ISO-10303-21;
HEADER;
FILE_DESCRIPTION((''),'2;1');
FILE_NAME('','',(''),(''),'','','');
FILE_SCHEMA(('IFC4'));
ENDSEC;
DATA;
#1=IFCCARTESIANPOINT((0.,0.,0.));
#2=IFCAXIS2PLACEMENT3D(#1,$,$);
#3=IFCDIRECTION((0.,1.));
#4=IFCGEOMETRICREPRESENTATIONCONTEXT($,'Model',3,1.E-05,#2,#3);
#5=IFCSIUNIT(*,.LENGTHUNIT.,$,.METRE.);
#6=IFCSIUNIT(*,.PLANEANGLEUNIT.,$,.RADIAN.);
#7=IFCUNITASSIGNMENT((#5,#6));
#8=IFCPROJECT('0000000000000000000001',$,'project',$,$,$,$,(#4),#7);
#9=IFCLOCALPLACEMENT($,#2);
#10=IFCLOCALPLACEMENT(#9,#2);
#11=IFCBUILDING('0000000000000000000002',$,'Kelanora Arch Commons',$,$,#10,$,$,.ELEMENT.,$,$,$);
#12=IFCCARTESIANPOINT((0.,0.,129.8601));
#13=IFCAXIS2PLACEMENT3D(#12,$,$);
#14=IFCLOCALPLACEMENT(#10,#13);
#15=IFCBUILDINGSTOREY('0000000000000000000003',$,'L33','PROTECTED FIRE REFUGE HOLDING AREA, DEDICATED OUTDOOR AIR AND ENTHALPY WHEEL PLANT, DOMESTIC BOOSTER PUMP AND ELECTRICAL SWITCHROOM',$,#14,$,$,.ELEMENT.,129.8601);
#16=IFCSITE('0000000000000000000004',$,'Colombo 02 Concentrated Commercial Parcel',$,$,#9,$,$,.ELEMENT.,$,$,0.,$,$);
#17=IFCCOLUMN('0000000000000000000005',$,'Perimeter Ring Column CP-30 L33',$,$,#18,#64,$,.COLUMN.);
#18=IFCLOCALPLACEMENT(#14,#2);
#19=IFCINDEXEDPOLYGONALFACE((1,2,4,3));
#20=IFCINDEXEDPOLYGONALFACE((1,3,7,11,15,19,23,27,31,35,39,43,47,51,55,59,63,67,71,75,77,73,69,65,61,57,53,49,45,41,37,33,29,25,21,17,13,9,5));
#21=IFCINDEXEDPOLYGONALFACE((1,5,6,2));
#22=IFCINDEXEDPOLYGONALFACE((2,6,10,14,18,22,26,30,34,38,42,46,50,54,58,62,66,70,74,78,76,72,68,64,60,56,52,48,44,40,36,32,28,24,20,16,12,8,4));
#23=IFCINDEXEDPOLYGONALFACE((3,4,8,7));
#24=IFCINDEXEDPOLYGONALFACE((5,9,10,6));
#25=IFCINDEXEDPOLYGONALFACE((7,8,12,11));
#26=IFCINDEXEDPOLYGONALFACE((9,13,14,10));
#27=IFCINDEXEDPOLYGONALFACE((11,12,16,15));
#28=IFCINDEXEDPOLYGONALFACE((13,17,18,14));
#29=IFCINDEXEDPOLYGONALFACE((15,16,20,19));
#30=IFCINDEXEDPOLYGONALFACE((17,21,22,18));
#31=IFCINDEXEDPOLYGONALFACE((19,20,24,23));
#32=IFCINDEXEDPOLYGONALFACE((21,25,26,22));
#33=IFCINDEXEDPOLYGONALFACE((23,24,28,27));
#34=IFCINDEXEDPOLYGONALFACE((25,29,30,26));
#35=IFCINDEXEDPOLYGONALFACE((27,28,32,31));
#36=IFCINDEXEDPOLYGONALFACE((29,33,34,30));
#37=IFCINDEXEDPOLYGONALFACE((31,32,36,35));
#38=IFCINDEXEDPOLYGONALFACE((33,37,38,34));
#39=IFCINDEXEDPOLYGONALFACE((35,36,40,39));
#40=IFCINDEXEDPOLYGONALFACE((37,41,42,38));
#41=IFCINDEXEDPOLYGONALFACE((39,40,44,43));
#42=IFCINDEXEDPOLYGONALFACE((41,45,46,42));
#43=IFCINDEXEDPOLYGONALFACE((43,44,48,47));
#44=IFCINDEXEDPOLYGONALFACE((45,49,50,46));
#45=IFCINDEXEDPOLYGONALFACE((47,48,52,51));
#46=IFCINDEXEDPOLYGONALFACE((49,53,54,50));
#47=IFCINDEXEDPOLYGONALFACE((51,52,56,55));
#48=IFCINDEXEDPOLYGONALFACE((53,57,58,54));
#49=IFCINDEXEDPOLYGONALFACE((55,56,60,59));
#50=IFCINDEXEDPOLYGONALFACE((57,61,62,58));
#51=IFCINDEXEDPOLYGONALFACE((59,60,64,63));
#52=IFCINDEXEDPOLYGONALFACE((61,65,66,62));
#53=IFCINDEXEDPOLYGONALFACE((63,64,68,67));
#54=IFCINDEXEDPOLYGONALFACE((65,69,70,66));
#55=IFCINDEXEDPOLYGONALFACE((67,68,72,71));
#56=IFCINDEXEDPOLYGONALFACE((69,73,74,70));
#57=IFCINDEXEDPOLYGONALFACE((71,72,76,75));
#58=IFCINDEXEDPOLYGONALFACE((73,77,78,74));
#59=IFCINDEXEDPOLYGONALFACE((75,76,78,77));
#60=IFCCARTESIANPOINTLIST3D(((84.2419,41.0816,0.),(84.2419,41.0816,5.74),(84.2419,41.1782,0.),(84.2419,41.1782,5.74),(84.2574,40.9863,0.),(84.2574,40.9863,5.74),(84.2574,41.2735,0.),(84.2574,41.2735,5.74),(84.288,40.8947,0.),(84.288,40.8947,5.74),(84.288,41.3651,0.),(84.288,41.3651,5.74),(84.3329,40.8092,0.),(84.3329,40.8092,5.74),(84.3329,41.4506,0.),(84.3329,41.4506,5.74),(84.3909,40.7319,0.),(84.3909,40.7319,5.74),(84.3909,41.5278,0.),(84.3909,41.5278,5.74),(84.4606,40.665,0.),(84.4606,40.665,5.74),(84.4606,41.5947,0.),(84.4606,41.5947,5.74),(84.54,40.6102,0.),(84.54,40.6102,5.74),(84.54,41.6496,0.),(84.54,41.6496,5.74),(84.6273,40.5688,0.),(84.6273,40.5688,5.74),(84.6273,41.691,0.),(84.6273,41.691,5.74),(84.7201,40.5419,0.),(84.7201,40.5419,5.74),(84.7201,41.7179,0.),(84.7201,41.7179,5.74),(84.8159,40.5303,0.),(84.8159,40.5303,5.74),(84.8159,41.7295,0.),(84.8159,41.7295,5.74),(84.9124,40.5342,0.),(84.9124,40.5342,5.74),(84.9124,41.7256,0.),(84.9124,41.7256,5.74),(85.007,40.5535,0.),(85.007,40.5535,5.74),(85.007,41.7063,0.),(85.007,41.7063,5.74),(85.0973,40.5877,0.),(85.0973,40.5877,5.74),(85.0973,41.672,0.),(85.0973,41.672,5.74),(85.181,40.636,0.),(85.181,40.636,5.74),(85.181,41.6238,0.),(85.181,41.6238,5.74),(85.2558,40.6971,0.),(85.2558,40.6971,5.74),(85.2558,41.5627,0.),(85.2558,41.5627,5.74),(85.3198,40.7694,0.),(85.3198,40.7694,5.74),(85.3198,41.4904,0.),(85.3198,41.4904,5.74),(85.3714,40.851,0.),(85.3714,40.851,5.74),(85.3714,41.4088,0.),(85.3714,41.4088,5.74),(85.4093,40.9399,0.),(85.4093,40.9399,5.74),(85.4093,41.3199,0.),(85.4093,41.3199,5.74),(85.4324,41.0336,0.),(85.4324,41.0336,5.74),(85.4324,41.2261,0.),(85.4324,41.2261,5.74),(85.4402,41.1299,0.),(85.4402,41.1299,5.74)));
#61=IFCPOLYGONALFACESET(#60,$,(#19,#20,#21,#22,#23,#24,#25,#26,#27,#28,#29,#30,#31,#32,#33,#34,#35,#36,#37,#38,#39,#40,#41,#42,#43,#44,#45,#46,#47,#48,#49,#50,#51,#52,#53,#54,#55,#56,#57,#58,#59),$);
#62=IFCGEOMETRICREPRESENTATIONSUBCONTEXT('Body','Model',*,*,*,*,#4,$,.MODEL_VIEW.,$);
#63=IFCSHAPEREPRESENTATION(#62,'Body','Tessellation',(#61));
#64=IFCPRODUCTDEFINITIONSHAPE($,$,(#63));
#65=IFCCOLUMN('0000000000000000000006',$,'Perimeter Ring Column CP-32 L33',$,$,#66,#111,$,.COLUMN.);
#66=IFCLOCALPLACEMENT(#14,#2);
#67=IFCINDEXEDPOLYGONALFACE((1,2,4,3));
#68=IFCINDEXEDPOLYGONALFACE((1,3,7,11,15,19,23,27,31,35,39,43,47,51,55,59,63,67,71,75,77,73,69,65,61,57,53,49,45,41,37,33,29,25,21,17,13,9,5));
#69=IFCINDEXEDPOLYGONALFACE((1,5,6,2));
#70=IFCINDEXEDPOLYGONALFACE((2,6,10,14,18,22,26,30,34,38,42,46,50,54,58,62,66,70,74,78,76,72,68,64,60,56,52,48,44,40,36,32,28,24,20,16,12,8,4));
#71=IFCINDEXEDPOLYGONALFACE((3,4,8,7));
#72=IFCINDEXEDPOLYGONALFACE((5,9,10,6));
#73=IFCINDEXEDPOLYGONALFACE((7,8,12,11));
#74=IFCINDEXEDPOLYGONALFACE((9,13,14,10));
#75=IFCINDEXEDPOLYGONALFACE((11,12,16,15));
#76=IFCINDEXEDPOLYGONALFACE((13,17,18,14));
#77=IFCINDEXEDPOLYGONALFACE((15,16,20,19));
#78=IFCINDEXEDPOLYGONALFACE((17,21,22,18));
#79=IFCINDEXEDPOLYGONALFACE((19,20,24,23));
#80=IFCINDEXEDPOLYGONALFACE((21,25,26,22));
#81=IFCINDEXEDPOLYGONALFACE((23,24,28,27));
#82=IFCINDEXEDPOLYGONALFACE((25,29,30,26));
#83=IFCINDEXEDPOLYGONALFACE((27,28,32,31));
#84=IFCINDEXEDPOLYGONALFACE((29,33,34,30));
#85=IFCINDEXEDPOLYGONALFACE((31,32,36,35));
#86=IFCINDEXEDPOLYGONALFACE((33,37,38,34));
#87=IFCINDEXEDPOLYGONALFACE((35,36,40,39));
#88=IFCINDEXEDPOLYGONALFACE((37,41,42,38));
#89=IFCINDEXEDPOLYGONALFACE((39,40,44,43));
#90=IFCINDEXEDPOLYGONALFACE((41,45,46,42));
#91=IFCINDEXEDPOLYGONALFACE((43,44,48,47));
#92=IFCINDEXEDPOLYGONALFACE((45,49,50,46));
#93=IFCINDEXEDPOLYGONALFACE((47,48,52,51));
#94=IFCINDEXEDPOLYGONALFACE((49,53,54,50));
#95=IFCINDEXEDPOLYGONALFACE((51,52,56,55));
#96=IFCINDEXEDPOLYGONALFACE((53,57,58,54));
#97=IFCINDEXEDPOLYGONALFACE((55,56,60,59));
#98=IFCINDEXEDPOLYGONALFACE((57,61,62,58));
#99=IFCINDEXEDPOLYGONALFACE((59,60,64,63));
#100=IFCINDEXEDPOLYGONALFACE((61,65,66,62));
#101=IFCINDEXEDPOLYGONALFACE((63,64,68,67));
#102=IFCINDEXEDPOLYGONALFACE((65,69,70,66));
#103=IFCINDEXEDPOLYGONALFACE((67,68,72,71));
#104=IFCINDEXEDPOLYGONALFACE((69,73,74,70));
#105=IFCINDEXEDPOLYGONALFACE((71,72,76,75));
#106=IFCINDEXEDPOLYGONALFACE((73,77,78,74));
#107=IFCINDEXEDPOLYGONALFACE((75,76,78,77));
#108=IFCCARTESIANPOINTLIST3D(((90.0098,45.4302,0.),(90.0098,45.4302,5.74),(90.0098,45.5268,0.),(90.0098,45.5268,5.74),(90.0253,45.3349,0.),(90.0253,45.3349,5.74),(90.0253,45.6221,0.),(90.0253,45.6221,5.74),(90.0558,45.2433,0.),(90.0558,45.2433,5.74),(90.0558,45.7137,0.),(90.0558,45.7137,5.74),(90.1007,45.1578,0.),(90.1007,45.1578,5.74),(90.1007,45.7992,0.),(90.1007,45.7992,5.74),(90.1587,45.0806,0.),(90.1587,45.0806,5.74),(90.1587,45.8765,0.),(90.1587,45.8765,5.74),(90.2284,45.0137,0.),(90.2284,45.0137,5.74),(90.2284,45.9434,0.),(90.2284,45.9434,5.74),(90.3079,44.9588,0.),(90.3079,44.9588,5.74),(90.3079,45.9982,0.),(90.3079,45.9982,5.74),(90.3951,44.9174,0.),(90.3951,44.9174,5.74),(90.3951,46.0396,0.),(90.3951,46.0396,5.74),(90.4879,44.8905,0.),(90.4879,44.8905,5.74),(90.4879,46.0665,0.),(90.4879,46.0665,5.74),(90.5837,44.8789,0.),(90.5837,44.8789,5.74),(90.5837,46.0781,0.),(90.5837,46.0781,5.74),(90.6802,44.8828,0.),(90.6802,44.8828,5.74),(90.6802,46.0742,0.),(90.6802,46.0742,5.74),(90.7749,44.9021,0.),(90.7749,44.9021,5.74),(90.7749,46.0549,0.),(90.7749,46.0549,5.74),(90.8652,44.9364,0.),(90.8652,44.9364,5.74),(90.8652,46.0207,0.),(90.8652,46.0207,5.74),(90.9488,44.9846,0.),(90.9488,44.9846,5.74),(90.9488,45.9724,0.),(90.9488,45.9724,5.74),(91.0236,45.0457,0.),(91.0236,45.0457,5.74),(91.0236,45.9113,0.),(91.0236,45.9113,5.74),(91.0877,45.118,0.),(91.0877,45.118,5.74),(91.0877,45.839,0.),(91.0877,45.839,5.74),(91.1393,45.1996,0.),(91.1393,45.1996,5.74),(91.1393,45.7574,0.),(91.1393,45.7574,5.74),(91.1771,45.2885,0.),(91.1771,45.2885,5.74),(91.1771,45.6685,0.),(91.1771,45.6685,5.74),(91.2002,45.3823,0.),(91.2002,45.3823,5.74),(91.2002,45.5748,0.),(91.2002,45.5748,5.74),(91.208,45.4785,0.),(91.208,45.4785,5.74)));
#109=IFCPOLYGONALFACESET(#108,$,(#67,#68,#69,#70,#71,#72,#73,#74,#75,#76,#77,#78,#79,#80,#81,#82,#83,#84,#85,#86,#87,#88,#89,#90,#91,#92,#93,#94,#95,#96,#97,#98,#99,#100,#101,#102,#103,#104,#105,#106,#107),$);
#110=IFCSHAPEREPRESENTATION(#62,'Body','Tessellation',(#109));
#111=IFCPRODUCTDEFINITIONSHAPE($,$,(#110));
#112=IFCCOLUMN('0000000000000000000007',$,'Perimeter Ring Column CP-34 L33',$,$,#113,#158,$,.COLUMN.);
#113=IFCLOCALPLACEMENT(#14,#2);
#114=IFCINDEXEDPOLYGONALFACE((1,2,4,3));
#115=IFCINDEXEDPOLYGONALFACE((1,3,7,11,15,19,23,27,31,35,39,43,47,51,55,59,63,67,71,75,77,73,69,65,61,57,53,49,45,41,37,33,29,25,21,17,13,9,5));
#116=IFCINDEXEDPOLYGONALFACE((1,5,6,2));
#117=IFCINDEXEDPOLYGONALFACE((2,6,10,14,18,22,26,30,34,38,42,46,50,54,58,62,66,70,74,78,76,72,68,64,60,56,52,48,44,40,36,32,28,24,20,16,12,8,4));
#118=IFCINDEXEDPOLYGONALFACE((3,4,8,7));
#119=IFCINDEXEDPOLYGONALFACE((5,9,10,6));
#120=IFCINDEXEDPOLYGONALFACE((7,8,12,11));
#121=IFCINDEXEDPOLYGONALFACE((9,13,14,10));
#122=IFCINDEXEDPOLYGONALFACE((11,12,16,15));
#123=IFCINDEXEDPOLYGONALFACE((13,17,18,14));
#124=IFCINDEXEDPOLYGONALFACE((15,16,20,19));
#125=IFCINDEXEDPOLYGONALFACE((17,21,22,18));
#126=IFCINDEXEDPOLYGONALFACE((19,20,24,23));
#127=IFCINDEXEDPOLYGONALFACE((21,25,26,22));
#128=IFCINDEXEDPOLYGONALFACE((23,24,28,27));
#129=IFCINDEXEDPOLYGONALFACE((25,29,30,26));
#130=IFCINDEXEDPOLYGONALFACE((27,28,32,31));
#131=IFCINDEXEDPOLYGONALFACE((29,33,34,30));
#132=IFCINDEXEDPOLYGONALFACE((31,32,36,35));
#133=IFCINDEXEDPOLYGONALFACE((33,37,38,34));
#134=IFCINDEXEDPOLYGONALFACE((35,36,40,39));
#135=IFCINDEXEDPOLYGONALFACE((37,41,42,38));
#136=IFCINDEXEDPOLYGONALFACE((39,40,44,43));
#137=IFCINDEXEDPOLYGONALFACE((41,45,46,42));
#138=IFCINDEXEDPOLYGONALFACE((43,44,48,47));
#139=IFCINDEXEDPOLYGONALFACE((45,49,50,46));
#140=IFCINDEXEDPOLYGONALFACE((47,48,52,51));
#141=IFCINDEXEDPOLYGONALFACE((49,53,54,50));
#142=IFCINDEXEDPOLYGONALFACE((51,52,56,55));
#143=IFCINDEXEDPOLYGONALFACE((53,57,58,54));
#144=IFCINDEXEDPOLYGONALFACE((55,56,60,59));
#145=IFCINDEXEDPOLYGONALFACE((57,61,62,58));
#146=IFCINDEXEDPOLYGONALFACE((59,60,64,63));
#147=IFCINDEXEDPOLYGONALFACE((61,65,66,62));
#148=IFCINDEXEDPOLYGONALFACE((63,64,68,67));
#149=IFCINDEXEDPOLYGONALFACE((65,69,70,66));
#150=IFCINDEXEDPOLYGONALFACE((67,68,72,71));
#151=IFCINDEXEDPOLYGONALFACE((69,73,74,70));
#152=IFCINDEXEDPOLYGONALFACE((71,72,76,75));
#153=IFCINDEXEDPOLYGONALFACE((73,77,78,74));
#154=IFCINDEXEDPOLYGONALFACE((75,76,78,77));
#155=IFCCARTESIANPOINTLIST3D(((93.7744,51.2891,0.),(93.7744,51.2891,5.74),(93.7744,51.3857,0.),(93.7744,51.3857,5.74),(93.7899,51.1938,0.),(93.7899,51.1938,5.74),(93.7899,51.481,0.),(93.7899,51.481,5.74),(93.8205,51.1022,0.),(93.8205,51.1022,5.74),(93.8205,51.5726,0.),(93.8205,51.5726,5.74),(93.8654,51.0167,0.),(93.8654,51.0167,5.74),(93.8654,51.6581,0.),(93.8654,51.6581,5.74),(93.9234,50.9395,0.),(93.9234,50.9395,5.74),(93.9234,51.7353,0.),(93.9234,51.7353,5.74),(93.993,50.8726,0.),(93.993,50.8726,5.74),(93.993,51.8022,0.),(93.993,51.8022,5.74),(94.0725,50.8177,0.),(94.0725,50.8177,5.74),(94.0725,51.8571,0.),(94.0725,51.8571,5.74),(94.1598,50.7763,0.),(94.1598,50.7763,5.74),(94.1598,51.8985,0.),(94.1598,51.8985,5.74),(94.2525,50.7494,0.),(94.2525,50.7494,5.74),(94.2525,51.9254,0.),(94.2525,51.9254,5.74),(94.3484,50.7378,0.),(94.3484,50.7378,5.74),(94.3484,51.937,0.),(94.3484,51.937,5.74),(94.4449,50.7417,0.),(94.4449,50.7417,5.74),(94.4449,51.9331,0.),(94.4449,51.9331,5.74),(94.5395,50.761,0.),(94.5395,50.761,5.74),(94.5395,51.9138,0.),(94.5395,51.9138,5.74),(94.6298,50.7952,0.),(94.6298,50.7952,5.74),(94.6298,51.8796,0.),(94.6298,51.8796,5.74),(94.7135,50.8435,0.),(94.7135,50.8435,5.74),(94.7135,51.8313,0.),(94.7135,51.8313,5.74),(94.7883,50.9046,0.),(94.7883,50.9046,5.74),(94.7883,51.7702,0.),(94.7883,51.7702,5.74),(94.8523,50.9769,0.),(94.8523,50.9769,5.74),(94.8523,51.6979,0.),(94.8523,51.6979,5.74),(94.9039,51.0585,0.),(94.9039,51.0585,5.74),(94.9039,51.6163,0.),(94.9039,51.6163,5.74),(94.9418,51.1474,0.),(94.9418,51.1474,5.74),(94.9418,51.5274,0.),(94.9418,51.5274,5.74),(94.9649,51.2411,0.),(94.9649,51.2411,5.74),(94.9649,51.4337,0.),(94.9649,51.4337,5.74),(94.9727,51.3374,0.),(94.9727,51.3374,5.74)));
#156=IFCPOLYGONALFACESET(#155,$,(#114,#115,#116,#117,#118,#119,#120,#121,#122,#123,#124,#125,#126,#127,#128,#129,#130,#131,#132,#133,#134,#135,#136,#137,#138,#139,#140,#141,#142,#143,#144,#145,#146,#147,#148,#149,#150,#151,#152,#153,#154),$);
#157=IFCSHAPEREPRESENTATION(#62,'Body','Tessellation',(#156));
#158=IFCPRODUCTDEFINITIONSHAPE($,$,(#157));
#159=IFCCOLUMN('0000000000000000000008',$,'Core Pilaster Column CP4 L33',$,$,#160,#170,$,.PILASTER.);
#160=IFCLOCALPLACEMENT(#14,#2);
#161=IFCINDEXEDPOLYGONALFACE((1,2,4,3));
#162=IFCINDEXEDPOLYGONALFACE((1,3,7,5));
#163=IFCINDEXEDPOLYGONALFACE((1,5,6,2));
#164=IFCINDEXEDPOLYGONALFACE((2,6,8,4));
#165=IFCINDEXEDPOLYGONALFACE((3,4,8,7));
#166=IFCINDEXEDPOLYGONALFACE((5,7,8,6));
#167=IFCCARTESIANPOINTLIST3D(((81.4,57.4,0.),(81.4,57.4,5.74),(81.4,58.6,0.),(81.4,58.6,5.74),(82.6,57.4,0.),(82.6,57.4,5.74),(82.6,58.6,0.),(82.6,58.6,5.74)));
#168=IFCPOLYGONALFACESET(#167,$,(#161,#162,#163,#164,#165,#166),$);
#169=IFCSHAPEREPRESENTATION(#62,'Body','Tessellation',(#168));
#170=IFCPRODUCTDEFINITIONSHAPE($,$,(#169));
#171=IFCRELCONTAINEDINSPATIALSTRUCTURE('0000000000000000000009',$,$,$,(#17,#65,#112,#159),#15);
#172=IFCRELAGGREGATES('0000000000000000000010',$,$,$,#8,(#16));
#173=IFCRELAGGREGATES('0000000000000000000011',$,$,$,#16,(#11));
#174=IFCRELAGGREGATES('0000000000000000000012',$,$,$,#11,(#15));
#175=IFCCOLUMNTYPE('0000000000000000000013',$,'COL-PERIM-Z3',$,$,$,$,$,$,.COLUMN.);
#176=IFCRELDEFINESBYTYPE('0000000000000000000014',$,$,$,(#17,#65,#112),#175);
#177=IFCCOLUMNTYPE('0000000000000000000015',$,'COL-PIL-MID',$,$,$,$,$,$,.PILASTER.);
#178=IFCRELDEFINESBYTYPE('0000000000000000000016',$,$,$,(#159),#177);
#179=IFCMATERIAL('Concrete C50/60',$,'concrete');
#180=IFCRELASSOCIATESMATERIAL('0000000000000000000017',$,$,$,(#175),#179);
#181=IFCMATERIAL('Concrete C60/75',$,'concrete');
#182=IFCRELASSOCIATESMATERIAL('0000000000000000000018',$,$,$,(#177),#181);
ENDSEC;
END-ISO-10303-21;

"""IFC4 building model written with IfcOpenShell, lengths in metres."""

from ifc_helpers import new_model, si_unit, direction, frame, origin, origin_2d, place, context, subcontext, project, spatial, rectangle, circle, extrude, material, material_profile, profile_set, type_object, element, save


model = new_model("IFC4")

# Units and contexts
model_context = context("Model", 3, precision=1e-05, world=origin(), true_north=direction((0.0, 1.0)))
body_context = subcontext(model_context, "Body", "Model", "MODEL_VIEW")
ifc_project = project(units=[si_unit("LENGTHUNIT", "METRE"), si_unit("PLANEANGLEUNIT", "RADIAN")], contexts=[model_context])

# Site, building, storey
site_placement = place(None, origin())
site = spatial("IfcSite", under=ifc_project, at=site_placement, Name="Colombo 02 Concentrated Commercial Parcel", CompositionType="ELEMENT", RefElevation=0.0)
building_placement = place(site_placement, origin())
building = spatial("IfcBuilding", under=site, at=building_placement, Name="Kelanora Arch Commons", CompositionType="ELEMENT")
storey_placement = place(building_placement, frame((0.0, 0.0, 129.8601)))
storey = spatial("IfcBuildingStorey", under=building, at=storey_placement, Name="L33", Description="PROTECTED FIRE REFUGE HOLDING AREA, DEDICATED OUTDOOR AIR AND ENTHALPY WHEEL PLANT, DOMESTIC BOOSTER PUMP AND ELECTRICAL SWITCHROOM", CompositionType="ELEMENT", Elevation=129.8601)

# Columns
ifc_material_1 = material(Name="Concrete C50/60", Category="concrete")
ifc_material_profile_1 = material_profile(ifc_material_1, circle(Radius=0.6001, at=origin_2d()), Name="RCC1200")
ifc_profile_set_1 = profile_set([ifc_material_profile_1], Name="Concrete C50/60")
column_type_1 = type_object("IfcColumnType", Name="COL-PERIM-Z3", PredefinedType="COLUMN", material=ifc_profile_set_1)
for number, where, z_axis, x_axis, name in (
    (1, (84.8401, 41.1299, 0.0), (0.0, 0.0, 1.0), (1.0, 0.0, 0.0), "Perimeter Ring Column CP-30 L33"),
    (2, (90.6079, 45.4785, 0.0), (0.0, 0.0, 1.0), (1.0, 0.0, 0.0), "Perimeter Ring Column CP-32 L33"),
    (3, (94.3726, 51.3374, 0.0), (0.0, 0.0, 1.0), (1.0, 0.0, 0.0), "Perimeter Ring Column CP-34 L33"),
):
    element("IfcColumn", number, at=place(storey_placement, frame(where, z_axis=z_axis, x_axis=x_axis)), inside=storey, type_object=column_type_1, Name=name, PredefinedType="COLUMN", context=body_context, shape_type="SweptSolid", body=[
        extrude(circle(Radius=0.6001, at=origin_2d()), origin(), (0.0, 0.0, 1.0), 5.74),
    ])
ifc_material_2 = material(Name="Concrete C60/75", Category="concrete")
ifc_material_profile_2 = material_profile(ifc_material_2, rectangle(XDim=1.2, YDim=1.2, at=origin_2d()), Name="RC1200x1200")
ifc_profile_set_2 = profile_set([ifc_material_profile_2], Name="Concrete C60/75")
column_type_2 = type_object("IfcColumnType", Name="COL-PIL-MID", PredefinedType="PILASTER", material=ifc_profile_set_2)
column_placement = place(storey_placement, frame((82.0, 58.0, 0.0), z_axis=(0.0, 0.0, 1.0), x_axis=(1.0, 0.0, 0.0)))
element("IfcColumn", 4, at=column_placement, inside=storey, type_object=column_type_2, Name="Core Pilaster Column CP4 L33", PredefinedType="PILASTER", context=body_context, shape_type="SweptSolid", body=[
    extrude(rectangle(XDim=1.2, YDim=1.2, at=origin_2d()), origin(), (0.0, 0.0, 1.0), 5.74),
])

save(model, "model.ifc")
